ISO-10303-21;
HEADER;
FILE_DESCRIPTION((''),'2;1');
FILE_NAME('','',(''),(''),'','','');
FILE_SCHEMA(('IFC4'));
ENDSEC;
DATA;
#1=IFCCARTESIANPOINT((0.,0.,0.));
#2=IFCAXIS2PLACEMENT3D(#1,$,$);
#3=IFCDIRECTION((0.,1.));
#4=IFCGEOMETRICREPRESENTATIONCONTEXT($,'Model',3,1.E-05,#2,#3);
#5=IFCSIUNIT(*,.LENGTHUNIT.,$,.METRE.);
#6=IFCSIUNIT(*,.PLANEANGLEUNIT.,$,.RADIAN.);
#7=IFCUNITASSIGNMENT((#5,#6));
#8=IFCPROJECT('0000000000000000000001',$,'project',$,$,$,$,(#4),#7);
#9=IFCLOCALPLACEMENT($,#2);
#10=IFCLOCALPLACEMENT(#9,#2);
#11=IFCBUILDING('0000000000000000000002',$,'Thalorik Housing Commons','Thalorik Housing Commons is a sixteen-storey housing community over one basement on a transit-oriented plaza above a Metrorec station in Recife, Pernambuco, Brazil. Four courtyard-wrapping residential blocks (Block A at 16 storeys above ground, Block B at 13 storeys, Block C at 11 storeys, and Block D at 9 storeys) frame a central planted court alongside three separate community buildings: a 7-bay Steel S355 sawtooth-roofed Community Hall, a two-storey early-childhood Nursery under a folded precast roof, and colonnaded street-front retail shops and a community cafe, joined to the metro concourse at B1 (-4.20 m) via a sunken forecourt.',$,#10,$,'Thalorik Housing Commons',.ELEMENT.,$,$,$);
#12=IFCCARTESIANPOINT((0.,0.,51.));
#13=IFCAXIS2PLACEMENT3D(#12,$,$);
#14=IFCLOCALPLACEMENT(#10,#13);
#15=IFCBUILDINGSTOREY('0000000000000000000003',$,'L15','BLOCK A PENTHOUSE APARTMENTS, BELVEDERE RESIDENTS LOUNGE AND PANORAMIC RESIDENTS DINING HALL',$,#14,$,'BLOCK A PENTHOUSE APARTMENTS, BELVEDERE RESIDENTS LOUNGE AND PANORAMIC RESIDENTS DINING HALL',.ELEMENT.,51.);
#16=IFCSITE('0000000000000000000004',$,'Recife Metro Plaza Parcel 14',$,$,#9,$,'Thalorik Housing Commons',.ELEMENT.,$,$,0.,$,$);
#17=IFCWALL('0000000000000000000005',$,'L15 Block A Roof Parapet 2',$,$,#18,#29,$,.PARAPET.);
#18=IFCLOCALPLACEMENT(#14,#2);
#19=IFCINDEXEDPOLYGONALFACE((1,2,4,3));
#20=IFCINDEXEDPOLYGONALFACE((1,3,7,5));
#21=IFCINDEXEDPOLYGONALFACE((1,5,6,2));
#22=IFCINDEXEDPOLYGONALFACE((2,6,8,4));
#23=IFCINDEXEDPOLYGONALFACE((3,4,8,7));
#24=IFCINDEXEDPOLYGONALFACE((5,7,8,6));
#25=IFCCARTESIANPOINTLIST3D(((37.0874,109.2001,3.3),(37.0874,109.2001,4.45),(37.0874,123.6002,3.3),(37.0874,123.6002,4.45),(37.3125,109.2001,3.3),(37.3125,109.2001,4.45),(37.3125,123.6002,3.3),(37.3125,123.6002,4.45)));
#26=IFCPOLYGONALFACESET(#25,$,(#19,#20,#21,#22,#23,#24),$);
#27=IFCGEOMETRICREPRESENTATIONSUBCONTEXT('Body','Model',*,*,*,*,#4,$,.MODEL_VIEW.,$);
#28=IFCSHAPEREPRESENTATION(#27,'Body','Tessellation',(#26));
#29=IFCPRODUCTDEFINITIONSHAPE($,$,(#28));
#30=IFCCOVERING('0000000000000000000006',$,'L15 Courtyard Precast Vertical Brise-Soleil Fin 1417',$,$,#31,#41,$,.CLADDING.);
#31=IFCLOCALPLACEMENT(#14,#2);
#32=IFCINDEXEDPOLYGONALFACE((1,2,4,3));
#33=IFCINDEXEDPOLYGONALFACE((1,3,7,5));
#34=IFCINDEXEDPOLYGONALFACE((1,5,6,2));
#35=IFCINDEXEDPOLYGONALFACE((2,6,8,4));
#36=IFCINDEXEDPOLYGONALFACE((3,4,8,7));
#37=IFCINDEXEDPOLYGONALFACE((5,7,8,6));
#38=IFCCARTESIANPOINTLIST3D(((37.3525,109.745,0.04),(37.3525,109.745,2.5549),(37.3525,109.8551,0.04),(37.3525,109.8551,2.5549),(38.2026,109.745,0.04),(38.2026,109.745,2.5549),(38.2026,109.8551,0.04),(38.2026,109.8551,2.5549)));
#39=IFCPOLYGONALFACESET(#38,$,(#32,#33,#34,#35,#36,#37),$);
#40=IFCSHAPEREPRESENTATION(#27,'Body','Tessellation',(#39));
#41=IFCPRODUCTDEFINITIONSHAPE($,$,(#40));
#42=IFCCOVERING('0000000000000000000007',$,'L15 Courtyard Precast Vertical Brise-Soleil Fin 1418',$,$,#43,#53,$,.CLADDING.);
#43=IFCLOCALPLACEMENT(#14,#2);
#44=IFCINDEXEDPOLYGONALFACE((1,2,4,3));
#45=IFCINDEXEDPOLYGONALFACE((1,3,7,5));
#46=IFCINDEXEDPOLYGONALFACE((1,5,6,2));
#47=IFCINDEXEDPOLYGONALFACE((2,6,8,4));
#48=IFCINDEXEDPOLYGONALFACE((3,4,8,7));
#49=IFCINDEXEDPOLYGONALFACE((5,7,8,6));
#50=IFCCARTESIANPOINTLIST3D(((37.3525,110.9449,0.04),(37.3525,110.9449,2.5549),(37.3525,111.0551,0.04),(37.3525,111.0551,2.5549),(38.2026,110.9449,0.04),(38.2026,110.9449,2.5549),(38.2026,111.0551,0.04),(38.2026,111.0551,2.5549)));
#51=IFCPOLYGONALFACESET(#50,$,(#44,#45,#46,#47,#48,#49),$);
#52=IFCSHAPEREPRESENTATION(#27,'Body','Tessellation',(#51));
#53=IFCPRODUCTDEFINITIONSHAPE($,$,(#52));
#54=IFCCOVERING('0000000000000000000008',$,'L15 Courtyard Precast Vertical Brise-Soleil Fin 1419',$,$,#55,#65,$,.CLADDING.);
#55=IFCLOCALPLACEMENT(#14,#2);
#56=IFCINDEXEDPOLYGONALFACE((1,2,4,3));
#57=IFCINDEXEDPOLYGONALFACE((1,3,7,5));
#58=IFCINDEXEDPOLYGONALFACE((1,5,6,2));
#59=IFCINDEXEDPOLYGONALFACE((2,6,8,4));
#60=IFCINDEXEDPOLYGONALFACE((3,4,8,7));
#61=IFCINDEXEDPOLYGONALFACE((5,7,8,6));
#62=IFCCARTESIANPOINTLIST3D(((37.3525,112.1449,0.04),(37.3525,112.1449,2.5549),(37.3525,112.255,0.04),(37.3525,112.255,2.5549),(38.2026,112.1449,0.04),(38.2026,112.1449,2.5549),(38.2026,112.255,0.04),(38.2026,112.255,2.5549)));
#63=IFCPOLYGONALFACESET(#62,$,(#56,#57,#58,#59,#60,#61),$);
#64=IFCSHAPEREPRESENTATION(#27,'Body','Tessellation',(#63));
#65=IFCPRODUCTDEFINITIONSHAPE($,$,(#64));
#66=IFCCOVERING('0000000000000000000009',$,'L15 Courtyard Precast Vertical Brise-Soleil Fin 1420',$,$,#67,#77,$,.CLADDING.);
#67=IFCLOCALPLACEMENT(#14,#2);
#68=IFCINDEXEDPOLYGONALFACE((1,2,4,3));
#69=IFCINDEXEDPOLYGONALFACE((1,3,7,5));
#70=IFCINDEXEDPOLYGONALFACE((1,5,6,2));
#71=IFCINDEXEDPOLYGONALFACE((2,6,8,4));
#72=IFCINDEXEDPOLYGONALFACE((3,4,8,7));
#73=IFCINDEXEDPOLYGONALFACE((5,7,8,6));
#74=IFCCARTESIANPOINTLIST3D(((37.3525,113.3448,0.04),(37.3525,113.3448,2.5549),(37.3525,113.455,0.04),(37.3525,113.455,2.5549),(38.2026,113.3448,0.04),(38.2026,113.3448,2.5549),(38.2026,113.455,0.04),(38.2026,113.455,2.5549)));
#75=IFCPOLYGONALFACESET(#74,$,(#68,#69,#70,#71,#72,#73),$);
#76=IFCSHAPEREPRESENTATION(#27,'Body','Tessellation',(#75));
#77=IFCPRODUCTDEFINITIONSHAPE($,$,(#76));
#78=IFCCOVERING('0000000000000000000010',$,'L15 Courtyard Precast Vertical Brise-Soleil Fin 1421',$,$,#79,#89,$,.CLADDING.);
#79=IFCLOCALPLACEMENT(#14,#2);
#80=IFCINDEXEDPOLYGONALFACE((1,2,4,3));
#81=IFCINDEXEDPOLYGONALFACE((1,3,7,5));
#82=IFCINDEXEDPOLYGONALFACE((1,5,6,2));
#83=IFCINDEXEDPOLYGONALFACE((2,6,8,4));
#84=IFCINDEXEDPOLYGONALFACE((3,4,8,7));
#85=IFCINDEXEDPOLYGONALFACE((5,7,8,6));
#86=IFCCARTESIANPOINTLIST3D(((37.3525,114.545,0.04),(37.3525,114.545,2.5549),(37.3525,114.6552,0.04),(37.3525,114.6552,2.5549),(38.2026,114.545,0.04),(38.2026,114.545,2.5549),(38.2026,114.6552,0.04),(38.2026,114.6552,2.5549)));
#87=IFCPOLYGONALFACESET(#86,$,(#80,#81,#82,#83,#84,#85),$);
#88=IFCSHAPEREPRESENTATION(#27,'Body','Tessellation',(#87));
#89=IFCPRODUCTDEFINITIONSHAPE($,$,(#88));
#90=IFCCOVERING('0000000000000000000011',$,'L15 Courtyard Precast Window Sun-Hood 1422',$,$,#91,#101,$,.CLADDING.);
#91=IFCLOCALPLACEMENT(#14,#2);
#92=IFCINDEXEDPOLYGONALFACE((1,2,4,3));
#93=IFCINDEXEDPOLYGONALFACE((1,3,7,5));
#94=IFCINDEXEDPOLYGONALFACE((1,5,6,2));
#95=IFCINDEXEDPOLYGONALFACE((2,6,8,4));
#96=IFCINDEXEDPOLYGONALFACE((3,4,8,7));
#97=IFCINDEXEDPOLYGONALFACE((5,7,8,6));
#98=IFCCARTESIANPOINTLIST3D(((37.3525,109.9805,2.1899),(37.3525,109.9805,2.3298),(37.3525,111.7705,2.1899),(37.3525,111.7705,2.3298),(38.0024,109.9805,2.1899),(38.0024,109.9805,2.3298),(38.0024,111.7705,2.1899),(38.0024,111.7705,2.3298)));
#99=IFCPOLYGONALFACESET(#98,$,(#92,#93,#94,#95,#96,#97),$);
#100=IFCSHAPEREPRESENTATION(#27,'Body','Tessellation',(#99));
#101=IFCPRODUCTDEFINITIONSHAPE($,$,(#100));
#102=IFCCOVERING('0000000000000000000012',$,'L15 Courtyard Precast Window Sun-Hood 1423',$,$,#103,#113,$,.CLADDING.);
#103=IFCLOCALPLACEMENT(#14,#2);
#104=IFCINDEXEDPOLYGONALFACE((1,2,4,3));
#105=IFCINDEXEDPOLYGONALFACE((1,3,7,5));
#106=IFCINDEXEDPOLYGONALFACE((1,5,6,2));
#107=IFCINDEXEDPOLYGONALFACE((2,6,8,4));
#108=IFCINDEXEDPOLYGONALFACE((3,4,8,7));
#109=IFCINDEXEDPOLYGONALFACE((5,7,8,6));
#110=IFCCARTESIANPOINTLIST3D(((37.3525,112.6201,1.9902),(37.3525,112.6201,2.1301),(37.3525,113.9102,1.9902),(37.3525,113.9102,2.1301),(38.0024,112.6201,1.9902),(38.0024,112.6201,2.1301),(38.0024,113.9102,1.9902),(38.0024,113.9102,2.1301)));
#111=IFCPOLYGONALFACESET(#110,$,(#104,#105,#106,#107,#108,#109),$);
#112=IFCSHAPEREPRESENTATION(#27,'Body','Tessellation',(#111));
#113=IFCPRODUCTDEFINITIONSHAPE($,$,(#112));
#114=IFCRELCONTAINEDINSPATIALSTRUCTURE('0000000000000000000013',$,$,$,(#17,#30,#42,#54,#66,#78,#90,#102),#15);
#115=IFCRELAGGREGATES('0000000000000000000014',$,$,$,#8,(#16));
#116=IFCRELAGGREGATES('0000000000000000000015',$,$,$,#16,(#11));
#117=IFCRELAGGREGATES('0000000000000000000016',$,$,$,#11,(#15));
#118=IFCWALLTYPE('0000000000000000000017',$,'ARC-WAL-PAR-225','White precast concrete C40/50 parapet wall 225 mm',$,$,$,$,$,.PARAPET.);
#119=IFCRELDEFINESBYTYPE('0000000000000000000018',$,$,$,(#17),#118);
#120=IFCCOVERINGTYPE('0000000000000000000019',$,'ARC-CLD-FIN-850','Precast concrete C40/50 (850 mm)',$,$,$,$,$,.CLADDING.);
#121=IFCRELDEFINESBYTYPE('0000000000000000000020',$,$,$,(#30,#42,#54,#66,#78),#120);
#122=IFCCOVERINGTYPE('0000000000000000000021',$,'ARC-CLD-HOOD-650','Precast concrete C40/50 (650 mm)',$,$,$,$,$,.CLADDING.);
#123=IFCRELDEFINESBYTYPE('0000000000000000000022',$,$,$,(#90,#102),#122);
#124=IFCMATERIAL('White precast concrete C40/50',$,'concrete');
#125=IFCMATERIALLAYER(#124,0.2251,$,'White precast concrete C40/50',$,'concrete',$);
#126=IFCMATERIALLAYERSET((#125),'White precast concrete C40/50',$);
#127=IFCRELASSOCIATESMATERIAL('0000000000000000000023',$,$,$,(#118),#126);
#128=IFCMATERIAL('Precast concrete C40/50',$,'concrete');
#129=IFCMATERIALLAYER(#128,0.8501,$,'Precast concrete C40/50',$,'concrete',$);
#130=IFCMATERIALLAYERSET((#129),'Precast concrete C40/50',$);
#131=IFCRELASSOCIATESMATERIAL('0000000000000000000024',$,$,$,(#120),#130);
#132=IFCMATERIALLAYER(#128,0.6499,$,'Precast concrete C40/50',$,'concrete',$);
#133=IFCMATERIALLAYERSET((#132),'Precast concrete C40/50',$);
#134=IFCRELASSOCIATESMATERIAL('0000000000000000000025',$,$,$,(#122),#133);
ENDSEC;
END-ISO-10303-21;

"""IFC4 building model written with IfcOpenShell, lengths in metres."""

from ifc_helpers import new_model, si_unit, direction, frame, frame_2d, origin, origin_2d, place, context, subcontext, project, spatial, rectangle, extrude, material, layer, layer_set, type_object, element, save


model = new_model("IFC4")

# Units and contexts
model_context = context("Model", 3, precision=1e-05, world=origin(), true_north=direction((0.0, 1.0)))
body_context = subcontext(model_context, "Body", "Model", "MODEL_VIEW")
ifc_project = project(units=[si_unit("LENGTHUNIT", "METRE"), si_unit("PLANEANGLEUNIT", "RADIAN")], contexts=[model_context])

# Site, building, storey
site_placement = place(None, origin())
site = spatial("IfcSite", under=ifc_project, at=site_placement, Name="Recife Metro Plaza Parcel 14", LongName="Thalorik Housing Commons", CompositionType="ELEMENT", RefElevation=0.0)
building_placement = place(site_placement, origin())
building = spatial("IfcBuilding", under=site, at=building_placement, Name="Thalorik Housing Commons", Description="Thalorik Housing Commons is a sixteen-storey housing community over one basement on a transit-oriented plaza above a Metrorec station in Recife, Pernambuco, Brazil. Four courtyard-wrapping residential blocks (Block A at 16 storeys above ground, Block B at 13 storeys, Block C at 11 storeys, and Block D at 9 storeys) frame a central planted court alongside three separate community buildings: a 7-bay Steel S355 sawtooth-roofed Community Hall, a two-storey early-childhood Nursery under a folded precast roof, and colonnaded street-front retail shops and a community cafe, joined to the metro concourse at B1 (-4.20 m) via a sunken forecourt.", LongName="Thalorik Housing Commons", CompositionType="ELEMENT")
storey_placement = place(building_placement, frame((0.0, 0.0, 51.0)))
storey = spatial("IfcBuildingStorey", under=building, at=storey_placement, Name="L15", Description="BLOCK A PENTHOUSE APARTMENTS, BELVEDERE RESIDENTS LOUNGE AND PANORAMIC RESIDENTS DINING HALL", LongName="BLOCK A PENTHOUSE APARTMENTS, BELVEDERE RESIDENTS LOUNGE AND PANORAMIC RESIDENTS DINING HALL", CompositionType="ELEMENT", Elevation=51.0)

# Shared definitions
ifc_material_1 = material(Name="Precast concrete C40/50", Category="concrete")

# Shared definitions
ifc_material_2 = material(Name="White precast concrete C40/50", Category="concrete")

# Wall
ifc_layer_1 = layer(ifc_material_2, 0.2251, Name="White precast concrete C40/50", Category="concrete")
ifc_layer_set_1 = layer_set([ifc_layer_1], Name="White precast concrete C40/50")
wall_type_1 = type_object("IfcWallType", Name="ARC-WAL-PAR-225", Description="White precast concrete C40/50 parapet wall 225 mm", PredefinedType="PARAPET", material=ifc_layer_set_1)
wall_1_placement = place(storey_placement, frame((37.2, 109.2, 3.3), z_axis=(0.0, 0.0, 1.0), x_axis=(0.0, 1.0, 0.0)))
element("IfcWall", 1, at=wall_1_placement, inside=storey, type_object=wall_type_1, Name="L15 Block A Roof Parapet 2", PredefinedType="PARAPET", context=body_context, shape_type="SweptSolid", body=[
    extrude(rectangle(XDim=14.4001, YDim=0.2251, at=frame_2d((7.2002, 0.0))), origin(), (0.0, 0.0, 1.0), 1.1499),
])

# Coverings
ifc_layer_2 = layer(ifc_material_1, 0.8501, Name="Precast concrete C40/50", Category="concrete")
ifc_layer_set_2 = layer_set([ifc_layer_2], Name="Precast concrete C40/50")
covering_type_1 = type_object("IfcCoveringType", Name="ARC-CLD-FIN-850", Description="Precast concrete C40/50 (850 mm)", PredefinedType="CLADDING", material=ifc_layer_set_2)
for number, where, z_axis, x_axis, name in (
    (2, (37.7776, 109.8, 0.04), (0.0, 0.0, 1.0), (0.0, 1.0, 0.0), "L15 Courtyard Precast Vertical Brise-Soleil Fin 1417"),
    (3, (37.7776, 111.0, 0.04), (0.0, 0.0, 1.0), (0.0, 1.0, 0.0), "L15 Courtyard Precast Vertical Brise-Soleil Fin 1418"),
    (4, (37.7776, 112.2, 0.04), (0.0, 0.0, 1.0), (0.0, 1.0, 0.0), "L15 Courtyard Precast Vertical Brise-Soleil Fin 1419"),
    (5, (37.7776, 113.3999, 0.04), (0.0, 0.0, 1.0), (0.0, 1.0, 0.0), "L15 Courtyard Precast Vertical Brise-Soleil Fin 1420"),
    (6, (37.7776, 114.6001, 0.04), (0.0, 0.0, 1.0), (0.0, 1.0, 0.0), "L15 Courtyard Precast Vertical Brise-Soleil Fin 1421"),
):
    element("IfcCovering", number, at=place(storey_placement, frame(where, z_axis=z_axis, x_axis=x_axis)), inside=storey, type_object=covering_type_1, Name=name, PredefinedType="CLADDING", context=body_context, shape_type="SweptSolid", body=[
        extrude(rectangle(XDim=0.1101, YDim=0.8501, at=origin_2d()), origin(), (0.0, 0.0, 1.0), 2.5149),
    ])
ifc_layer_3 = layer(ifc_material_1, 0.6499, Name="Precast concrete C40/50", Category="concrete")
ifc_layer_set_3 = layer_set([ifc_layer_3], Name="Precast concrete C40/50")
covering_type_2 = type_object("IfcCoveringType", Name="ARC-CLD-HOOD-650", Description="Precast concrete C40/50 (650 mm)", PredefinedType="CLADDING", material=ifc_layer_set_3)
covering_1_placement = place(storey_placement, frame((37.6775, 110.8755, 2.1899), z_axis=(0.0, 0.0, 1.0), x_axis=(0.0, 1.0, 0.0)))
element("IfcCovering", 7, at=covering_1_placement, inside=storey, type_object=covering_type_2, Name="L15 Courtyard Precast Window Sun-Hood 1422", PredefinedType="CLADDING", context=body_context, shape_type="SweptSolid", body=[
    extrude(rectangle(XDim=1.79, YDim=0.6499, at=origin_2d()), origin(), (0.0, 0.0, 1.0), 0.1399),
])
covering_2_placement = place(storey_placement, frame((37.6775, 113.2651, 1.9902), z_axis=(0.0, 0.0, 1.0), x_axis=(0.0, 1.0, 0.0)))
element("IfcCovering", 8, at=covering_2_placement, inside=storey, type_object=covering_type_2, Name="L15 Courtyard Precast Window Sun-Hood 1423", PredefinedType="CLADDING", context=body_context, shape_type="SweptSolid", body=[
    extrude(rectangle(XDim=1.29, YDim=0.6499, at=origin_2d()), origin(), (0.0, 0.0, 1.0), 0.1399),
])

save(model, "model.ifc")
